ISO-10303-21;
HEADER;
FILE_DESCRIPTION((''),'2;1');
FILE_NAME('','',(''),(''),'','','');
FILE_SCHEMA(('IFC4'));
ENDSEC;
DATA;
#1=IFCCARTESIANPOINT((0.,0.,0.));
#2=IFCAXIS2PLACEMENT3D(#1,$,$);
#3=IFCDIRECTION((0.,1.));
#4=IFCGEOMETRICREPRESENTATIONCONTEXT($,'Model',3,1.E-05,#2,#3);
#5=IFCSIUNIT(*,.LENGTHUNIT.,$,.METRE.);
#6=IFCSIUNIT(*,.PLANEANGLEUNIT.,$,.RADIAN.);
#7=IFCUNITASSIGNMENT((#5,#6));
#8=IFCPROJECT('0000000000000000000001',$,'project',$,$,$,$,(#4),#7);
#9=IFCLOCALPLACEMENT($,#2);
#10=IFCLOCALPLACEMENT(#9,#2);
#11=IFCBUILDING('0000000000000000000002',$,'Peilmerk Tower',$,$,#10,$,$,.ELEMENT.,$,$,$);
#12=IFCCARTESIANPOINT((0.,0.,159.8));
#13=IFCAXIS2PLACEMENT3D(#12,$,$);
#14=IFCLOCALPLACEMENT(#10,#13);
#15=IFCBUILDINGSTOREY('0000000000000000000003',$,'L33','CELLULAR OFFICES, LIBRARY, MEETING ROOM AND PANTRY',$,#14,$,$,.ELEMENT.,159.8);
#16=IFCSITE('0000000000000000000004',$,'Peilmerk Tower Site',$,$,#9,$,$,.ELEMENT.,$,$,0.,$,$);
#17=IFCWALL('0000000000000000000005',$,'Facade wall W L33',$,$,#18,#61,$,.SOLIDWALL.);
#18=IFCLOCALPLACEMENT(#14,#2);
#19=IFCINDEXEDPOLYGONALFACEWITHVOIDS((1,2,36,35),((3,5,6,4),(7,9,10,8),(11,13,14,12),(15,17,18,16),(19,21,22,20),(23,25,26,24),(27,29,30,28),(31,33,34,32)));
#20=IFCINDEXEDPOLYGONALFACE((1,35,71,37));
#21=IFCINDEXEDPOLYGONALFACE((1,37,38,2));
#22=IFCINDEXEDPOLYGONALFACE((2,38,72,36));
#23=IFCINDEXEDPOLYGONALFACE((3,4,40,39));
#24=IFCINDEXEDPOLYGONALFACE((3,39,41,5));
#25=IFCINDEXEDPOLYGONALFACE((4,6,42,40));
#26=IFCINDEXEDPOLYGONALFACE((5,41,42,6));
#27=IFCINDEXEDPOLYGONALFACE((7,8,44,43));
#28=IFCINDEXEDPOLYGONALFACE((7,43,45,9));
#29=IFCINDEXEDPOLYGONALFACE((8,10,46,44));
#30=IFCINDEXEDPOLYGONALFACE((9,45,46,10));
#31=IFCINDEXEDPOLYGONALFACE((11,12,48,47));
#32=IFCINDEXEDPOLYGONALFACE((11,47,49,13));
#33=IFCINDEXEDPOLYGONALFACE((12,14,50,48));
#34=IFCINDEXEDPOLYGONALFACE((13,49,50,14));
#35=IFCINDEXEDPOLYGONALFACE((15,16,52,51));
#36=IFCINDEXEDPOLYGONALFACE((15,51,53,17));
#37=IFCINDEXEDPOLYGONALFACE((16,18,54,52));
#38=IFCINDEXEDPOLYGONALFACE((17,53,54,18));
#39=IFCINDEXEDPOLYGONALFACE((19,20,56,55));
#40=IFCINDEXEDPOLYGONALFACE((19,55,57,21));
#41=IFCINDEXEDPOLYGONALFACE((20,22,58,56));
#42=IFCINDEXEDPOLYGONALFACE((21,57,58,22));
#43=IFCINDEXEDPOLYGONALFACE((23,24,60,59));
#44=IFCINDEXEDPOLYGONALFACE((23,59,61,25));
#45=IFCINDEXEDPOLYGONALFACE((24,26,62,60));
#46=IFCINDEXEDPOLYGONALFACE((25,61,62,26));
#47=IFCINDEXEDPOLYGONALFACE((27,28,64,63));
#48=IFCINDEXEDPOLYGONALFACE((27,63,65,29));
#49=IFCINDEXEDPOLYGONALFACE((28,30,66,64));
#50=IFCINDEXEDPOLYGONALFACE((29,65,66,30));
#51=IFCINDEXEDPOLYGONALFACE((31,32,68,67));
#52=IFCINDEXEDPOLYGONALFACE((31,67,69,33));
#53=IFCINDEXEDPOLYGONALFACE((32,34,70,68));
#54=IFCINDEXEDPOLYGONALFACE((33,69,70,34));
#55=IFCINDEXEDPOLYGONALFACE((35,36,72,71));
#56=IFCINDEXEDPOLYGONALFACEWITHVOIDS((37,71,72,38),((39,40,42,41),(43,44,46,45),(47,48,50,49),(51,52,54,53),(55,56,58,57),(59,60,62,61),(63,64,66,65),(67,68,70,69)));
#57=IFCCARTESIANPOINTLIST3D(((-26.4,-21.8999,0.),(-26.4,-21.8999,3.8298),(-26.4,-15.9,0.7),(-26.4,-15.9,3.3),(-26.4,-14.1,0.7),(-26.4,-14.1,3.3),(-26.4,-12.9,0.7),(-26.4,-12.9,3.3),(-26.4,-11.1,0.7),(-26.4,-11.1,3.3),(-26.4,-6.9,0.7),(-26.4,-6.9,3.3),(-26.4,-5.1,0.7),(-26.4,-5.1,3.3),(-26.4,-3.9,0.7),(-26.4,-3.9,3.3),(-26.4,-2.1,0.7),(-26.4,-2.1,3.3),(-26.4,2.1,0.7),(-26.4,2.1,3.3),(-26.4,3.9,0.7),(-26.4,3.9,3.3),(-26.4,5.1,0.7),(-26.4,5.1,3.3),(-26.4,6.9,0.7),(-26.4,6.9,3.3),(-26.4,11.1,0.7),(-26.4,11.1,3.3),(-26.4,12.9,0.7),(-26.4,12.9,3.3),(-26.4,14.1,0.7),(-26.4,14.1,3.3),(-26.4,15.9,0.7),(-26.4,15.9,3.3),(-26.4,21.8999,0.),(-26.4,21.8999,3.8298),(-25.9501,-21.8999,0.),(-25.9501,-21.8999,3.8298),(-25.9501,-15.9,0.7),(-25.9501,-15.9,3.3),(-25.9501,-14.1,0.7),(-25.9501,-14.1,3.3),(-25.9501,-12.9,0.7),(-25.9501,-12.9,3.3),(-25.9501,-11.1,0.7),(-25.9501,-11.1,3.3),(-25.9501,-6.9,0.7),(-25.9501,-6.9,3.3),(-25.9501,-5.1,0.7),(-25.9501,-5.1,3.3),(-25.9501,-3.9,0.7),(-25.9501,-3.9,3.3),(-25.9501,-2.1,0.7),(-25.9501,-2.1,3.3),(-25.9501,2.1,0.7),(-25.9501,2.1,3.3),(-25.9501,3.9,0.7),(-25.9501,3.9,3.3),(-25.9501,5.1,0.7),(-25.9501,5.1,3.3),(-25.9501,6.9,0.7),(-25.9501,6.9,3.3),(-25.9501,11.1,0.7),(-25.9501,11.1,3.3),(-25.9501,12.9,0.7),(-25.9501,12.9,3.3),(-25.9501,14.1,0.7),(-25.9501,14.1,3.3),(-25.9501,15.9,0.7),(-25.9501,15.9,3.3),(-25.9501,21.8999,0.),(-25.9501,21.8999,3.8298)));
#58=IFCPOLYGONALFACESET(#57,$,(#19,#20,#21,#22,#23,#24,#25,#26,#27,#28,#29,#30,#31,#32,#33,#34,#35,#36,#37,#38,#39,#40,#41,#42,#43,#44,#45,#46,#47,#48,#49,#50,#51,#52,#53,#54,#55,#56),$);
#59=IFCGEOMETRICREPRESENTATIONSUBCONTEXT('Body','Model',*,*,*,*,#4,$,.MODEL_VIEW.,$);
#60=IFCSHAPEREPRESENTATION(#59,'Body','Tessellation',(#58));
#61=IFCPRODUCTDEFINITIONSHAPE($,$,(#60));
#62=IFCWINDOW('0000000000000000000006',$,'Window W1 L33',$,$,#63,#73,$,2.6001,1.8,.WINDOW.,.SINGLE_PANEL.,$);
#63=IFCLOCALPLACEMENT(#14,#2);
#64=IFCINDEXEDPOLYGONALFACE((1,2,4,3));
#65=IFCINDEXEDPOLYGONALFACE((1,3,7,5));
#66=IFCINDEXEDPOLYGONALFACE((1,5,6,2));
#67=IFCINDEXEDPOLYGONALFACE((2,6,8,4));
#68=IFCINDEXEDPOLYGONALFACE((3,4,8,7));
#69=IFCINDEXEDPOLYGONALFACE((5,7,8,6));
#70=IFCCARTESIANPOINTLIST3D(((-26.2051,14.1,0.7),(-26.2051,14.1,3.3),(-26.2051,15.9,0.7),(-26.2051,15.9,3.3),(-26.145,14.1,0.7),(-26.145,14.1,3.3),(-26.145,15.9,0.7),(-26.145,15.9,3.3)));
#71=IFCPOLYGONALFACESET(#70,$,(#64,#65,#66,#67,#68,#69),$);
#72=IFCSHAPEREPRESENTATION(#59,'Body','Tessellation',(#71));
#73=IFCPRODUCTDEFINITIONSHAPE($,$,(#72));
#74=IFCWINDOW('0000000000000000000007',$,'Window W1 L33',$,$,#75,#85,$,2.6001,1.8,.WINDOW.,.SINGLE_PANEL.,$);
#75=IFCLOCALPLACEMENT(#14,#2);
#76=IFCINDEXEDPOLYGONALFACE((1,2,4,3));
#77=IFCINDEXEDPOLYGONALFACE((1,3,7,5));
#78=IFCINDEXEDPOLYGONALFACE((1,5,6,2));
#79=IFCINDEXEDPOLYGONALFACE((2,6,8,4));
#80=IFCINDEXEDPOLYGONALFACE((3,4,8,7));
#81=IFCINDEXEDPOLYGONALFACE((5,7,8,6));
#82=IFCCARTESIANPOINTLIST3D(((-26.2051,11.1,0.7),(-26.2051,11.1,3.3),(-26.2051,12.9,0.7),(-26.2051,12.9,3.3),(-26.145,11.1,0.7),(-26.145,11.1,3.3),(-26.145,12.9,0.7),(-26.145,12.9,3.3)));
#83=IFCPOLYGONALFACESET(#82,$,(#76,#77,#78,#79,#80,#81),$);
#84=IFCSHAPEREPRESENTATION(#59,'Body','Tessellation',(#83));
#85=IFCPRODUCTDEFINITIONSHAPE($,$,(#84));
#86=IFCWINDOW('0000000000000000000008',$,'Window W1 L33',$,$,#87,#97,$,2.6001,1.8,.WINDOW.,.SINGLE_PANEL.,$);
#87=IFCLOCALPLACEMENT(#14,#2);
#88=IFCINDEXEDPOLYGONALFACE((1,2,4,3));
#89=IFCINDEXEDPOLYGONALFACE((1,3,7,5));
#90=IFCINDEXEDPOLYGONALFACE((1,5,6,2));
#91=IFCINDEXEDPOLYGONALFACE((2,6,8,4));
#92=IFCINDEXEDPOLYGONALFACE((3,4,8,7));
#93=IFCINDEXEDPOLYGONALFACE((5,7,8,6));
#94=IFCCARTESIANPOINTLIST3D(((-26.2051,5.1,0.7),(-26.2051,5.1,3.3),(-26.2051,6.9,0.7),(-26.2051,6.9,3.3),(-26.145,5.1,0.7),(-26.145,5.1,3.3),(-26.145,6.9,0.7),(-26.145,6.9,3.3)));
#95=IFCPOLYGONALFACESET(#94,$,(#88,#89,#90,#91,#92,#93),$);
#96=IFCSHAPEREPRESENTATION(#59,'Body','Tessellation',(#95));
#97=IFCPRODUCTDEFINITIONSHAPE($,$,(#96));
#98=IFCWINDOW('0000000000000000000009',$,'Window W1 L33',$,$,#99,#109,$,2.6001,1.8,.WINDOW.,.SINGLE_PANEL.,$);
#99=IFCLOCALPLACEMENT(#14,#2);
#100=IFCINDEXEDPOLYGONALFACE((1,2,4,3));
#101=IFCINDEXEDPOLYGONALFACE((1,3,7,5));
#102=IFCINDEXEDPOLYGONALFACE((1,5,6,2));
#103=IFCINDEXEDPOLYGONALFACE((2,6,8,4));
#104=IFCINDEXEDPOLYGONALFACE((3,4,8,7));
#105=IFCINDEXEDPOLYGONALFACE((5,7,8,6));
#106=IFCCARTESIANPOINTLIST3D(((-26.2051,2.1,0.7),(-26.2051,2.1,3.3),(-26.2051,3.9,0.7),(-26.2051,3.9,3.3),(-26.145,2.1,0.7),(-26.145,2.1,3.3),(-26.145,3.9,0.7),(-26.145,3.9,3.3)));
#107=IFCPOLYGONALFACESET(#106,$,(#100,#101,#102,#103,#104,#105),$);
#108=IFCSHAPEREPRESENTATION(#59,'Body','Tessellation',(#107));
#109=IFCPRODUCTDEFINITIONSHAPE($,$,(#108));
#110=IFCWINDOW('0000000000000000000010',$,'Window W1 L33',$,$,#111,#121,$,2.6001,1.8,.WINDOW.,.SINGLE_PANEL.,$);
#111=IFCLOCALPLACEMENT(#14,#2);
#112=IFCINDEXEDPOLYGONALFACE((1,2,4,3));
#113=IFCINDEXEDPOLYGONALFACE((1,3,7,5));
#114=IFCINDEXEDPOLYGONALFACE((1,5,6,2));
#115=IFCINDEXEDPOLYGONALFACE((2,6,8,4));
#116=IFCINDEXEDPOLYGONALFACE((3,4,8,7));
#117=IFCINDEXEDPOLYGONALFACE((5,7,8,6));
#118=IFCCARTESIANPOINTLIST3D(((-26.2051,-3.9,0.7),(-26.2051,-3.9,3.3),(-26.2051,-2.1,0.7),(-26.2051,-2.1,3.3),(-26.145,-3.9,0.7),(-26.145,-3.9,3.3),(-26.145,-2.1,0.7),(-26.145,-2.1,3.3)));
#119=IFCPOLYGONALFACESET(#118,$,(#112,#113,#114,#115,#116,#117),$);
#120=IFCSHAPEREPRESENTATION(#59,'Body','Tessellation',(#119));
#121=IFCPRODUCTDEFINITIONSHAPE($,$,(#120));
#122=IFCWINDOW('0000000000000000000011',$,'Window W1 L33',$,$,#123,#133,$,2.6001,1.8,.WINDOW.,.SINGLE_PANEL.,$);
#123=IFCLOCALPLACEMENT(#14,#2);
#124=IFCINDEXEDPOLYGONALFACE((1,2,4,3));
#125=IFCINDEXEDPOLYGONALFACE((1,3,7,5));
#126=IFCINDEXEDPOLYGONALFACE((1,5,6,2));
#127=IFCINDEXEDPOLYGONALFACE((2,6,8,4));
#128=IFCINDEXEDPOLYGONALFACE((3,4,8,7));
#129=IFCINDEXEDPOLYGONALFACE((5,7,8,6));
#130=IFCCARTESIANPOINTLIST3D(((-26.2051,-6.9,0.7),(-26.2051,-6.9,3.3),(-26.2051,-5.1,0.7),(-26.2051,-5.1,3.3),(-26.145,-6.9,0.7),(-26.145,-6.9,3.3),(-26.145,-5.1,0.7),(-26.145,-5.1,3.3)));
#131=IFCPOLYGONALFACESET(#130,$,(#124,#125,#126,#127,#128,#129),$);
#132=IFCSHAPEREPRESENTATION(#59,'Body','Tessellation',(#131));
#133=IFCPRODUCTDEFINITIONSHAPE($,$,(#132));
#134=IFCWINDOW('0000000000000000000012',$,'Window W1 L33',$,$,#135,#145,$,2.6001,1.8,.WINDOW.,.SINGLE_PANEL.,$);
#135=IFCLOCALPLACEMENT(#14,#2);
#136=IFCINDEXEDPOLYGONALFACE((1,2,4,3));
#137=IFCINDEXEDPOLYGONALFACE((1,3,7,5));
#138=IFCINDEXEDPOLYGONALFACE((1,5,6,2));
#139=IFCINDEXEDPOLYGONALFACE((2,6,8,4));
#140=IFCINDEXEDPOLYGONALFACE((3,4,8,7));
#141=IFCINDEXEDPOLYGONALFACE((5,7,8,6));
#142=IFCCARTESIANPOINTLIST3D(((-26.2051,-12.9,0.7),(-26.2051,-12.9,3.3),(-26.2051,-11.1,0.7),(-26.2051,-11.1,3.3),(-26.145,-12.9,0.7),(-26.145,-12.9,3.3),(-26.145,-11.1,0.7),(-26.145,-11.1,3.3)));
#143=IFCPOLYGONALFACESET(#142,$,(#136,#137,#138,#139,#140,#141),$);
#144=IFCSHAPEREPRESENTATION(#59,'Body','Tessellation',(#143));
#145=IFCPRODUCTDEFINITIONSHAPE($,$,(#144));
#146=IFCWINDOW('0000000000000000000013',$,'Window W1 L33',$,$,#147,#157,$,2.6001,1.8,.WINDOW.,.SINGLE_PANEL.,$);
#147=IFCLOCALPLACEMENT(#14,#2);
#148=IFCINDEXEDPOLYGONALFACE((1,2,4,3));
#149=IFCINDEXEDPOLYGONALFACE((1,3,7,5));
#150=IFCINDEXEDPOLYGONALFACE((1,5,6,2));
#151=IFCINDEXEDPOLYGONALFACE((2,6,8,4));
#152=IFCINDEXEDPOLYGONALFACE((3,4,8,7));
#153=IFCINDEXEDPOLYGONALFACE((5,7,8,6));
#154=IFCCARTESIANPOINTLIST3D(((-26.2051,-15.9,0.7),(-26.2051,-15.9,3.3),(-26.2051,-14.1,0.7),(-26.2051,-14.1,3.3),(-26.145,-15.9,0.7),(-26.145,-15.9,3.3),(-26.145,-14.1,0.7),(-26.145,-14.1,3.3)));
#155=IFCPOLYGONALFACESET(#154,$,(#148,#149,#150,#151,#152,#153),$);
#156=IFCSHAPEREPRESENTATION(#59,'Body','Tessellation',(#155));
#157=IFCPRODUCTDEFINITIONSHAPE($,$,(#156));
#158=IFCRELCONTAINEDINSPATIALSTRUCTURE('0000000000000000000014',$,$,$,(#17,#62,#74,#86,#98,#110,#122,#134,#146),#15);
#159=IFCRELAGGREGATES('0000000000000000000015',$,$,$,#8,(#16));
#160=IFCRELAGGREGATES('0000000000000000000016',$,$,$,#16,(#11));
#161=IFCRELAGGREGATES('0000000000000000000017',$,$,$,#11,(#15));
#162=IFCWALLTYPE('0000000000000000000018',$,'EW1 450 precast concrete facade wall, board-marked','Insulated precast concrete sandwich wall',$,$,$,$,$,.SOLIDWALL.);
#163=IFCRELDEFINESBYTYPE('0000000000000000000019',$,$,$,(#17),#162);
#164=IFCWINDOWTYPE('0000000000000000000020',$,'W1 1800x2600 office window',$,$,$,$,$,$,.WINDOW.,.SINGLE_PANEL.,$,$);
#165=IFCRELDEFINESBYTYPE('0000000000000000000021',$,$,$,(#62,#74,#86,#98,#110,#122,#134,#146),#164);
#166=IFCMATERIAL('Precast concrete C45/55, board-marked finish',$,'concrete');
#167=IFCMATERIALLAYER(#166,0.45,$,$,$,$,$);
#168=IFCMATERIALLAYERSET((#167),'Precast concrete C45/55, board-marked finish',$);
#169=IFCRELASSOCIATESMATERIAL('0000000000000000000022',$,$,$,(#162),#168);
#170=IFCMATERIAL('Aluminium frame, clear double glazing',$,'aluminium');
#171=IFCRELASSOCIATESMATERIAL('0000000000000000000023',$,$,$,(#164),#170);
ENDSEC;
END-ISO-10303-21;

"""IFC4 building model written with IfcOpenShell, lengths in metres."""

from ifc_helpers import new_model, si_unit, direction, frame, frame_2d, origin, place, context, subcontext, project, spatial, rectangle, extrude, material, layer, layer_set, type_object, element, fill, save


model = new_model("IFC4")

# Units and contexts
model_context = context("Model", 3, precision=1e-05, world=origin(), true_north=direction((0.0, 1.0)))
body_context = subcontext(model_context, "Body", "Model", "MODEL_VIEW")
ifc_project = project(units=[si_unit("LENGTHUNIT", "METRE"), si_unit("PLANEANGLEUNIT", "RADIAN")], contexts=[model_context])

# Site, building, storey
site_placement = place(None, origin())
site = spatial("IfcSite", under=ifc_project, at=site_placement, Name="Peilmerk Tower Site", CompositionType="ELEMENT", RefElevation=0.0)
building_placement = place(site_placement, origin())
building = spatial("IfcBuilding", under=site, at=building_placement, Name="Peilmerk Tower", CompositionType="ELEMENT")
storey_placement = place(building_placement, frame((0.0, 0.0, 159.8)))
storey = spatial("IfcBuildingStorey", under=building, at=storey_placement, Name="L33", Description="CELLULAR OFFICES, LIBRARY, MEETING ROOM AND PANTRY", CompositionType="ELEMENT", Elevation=159.8)

# Wall, openings, windows
ifc_material_1 = material(Name="Precast concrete C45/55, board-marked finish", Category="concrete")
ifc_layer_1 = layer(ifc_material_1, 0.45)
ifc_layer_set_1 = layer_set([ifc_layer_1], Name="Precast concrete C45/55, board-marked finish")
wall_type = type_object("IfcWallType", Name="EW1 450 precast concrete facade wall, board-marked", Description="Insulated precast concrete sandwich wall", PredefinedType="SOLIDWALL", material=ifc_layer_set_1)
wall_1_placement = place(storey_placement, frame((-26.175, 21.8999, 0.0), z_axis=(0.0, 0.0, 1.0), x_axis=(0.0, -1.0, 0.0)))
wall_1 = element("IfcWall", 1, at=wall_1_placement, inside=storey, type_object=wall_type, Name="Facade wall W L33", PredefinedType="SOLIDWALL", context=body_context, shape_type="SweptSolid", body=[
    extrude(rectangle(XDim=43.7998, YDim=0.45, at=frame_2d((21.8999, 0.0))), origin(), (0.0, 0.0, 1.0), 3.8298),
])
opening_1_placement = place(wall_1_placement, frame((6.0, 0.0, 0.7)))
opening_1 = element("IfcOpeningElement", 2, at=opening_1_placement, cuts=wall_1, PredefinedType="OPENING", context=body_context, shape_type="SweptSolid", body=[
    extrude(rectangle(XDim=1.8, YDim=2.6001, at=frame_2d((0.8999, 1.3))), frame((0.0, 0.2349, 0.0), z_axis=(0.0, -1.0, 0.0), x_axis=(1.0, 0.0, 0.0)), (0.0, 0.0, 1.0), 0.47),
])
opening_2_placement = place(wall_1_placement, frame((9.0, 0.0, 0.7)))
opening_2 = element("IfcOpeningElement", 3, at=opening_2_placement, cuts=wall_1, PredefinedType="OPENING", context=body_context, shape_type="SweptSolid", body=[
    extrude(rectangle(XDim=1.8, YDim=2.6001, at=frame_2d((0.8999, 1.3))), frame((0.0, 0.2349, 0.0), z_axis=(0.0, -1.0, 0.0), x_axis=(1.0, 0.0, 0.0)), (0.0, 0.0, 1.0), 0.47),
])
opening_3_placement = place(wall_1_placement, frame((15.0, 0.0, 0.7)))
opening_3 = element("IfcOpeningElement", 4, at=opening_3_placement, cuts=wall_1, PredefinedType="OPENING", context=body_context, shape_type="SweptSolid", body=[
    extrude(rectangle(XDim=1.8, YDim=2.6001, at=frame_2d((0.8999, 1.3))), frame((0.0, 0.2349, 0.0), z_axis=(0.0, -1.0, 0.0), x_axis=(1.0, 0.0, 0.0)), (0.0, 0.0, 1.0), 0.47),
])
opening_4_placement = place(wall_1_placement, frame((18.0, 0.0, 0.7)))
opening_4 = element("IfcOpeningElement", 5, at=opening_4_placement, cuts=wall_1, PredefinedType="OPENING", context=body_context, shape_type="SweptSolid", body=[
    extrude(rectangle(XDim=1.8, YDim=2.6001, at=frame_2d((0.8999, 1.3))), frame((0.0, 0.2349, 0.0), z_axis=(0.0, -1.0, 0.0), x_axis=(1.0, 0.0, 0.0)), (0.0, 0.0, 1.0), 0.47),
])
opening_5_placement = place(wall_1_placement, frame((24.0, 0.0, 0.7)))
opening_5 = element("IfcOpeningElement", 6, at=opening_5_placement, cuts=wall_1, PredefinedType="OPENING", context=body_context, shape_type="SweptSolid", body=[
    extrude(rectangle(XDim=1.8, YDim=2.6001, at=frame_2d((0.8999, 1.3))), frame((0.0, 0.2349, 0.0), z_axis=(0.0, -1.0, 0.0), x_axis=(1.0, 0.0, 0.0)), (0.0, 0.0, 1.0), 0.47),
])
opening_6_placement = place(wall_1_placement, frame((27.0, 0.0, 0.7)))
opening_6 = element("IfcOpeningElement", 7, at=opening_6_placement, cuts=wall_1, PredefinedType="OPENING", context=body_context, shape_type="SweptSolid", body=[
    extrude(rectangle(XDim=1.8, YDim=2.6001, at=frame_2d((0.8999, 1.3))), frame((0.0, 0.2349, 0.0), z_axis=(0.0, -1.0, 0.0), x_axis=(1.0, 0.0, 0.0)), (0.0, 0.0, 1.0), 0.47),
])
opening_7_placement = place(wall_1_placement, frame((33.0, 0.0, 0.7)))
opening_7 = element("IfcOpeningElement", 8, at=opening_7_placement, cuts=wall_1, PredefinedType="OPENING", context=body_context, shape_type="SweptSolid", body=[
    extrude(rectangle(XDim=1.8, YDim=2.6001, at=frame_2d((0.8999, 1.3))), frame((0.0, 0.2349, 0.0), z_axis=(0.0, -1.0, 0.0), x_axis=(1.0, 0.0, 0.0)), (0.0, 0.0, 1.0), 0.47),
])
opening_8_placement = place(wall_1_placement, frame((36.0, 0.0, 0.7)))
opening_8 = element("IfcOpeningElement", 9, at=opening_8_placement, cuts=wall_1, PredefinedType="OPENING", context=body_context, shape_type="SweptSolid", body=[
    extrude(rectangle(XDim=1.8, YDim=2.6001, at=frame_2d((0.8999, 1.3))), frame((0.0, 0.2349, 0.0), z_axis=(0.0, -1.0, 0.0), x_axis=(1.0, 0.0, 0.0)), (0.0, 0.0, 1.0), 0.47),
])
ifc_material_2 = material(Name="Aluminium frame, clear double glazing", Category="aluminium")
window_type = type_object("IfcWindowType", Name="W1 1800x2600 office window", PartitioningType="SINGLE_PANEL", PredefinedType="WINDOW", material=ifc_material_2)
window_1_placement = place(opening_1_placement, origin())
window_1 = element("IfcWindow", 10, at=window_1_placement, inside=storey, type_object=window_type, Name="Window W1 L33", OverallHeight=2.6001, OverallWidth=1.8, PartitioningType="SINGLE_PANEL", PredefinedType="WINDOW", context=body_context, shape_type="SweptSolid", body=[
    extrude(rectangle(XDim=1.8, YDim=2.6001, at=frame_2d((0.8999, 1.3))), frame((0.0, 0.03, 0.0), z_axis=(0.0, -1.0, 0.0), x_axis=(1.0, 0.0, 0.0)), (0.0, 0.0, 1.0), 0.0601),
])
fill(opening_1, window_1)
window_2_placement = place(opening_2_placement, origin())
window_2 = element("IfcWindow", 11, at=window_2_placement, inside=storey, type_object=window_type, Name="Window W1 L33", OverallHeight=2.6001, OverallWidth=1.8, PartitioningType="SINGLE_PANEL", PredefinedType="WINDOW", context=body_context, shape_type="SweptSolid", body=[
    extrude(rectangle(XDim=1.8, YDim=2.6001, at=frame_2d((0.8999, 1.3))), frame((0.0, 0.03, 0.0), z_axis=(0.0, -1.0, 0.0), x_axis=(1.0, 0.0, 0.0)), (0.0, 0.0, 1.0), 0.0601),
])
fill(opening_2, window_2)
window_3_placement = place(opening_3_placement, origin())
window_3 = element("IfcWindow", 12, at=window_3_placement, inside=storey, type_object=window_type, Name="Window W1 L33", OverallHeight=2.6001, OverallWidth=1.8, PartitioningType="SINGLE_PANEL", PredefinedType="WINDOW", context=body_context, shape_type="SweptSolid", body=[
    extrude(rectangle(XDim=1.8, YDim=2.6001, at=frame_2d((0.8999, 1.3))), frame((0.0, 0.03, 0.0), z_axis=(0.0, -1.0, 0.0), x_axis=(1.0, 0.0, 0.0)), (0.0, 0.0, 1.0), 0.0601),
])
fill(opening_3, window_3)
window_4_placement = place(opening_4_placement, origin())
window_4 = element("IfcWindow", 13, at=window_4_placement, inside=storey, type_object=window_type, Name="Window W1 L33", OverallHeight=2.6001, OverallWidth=1.8, PartitioningType="SINGLE_PANEL", PredefinedType="WINDOW", context=body_context, shape_type="SweptSolid", body=[
    extrude(rectangle(XDim=1.8, YDim=2.6001, at=frame_2d((0.8999, 1.3))), frame((0.0, 0.03, 0.0), z_axis=(0.0, -1.0, 0.0), x_axis=(1.0, 0.0, 0.0)), (0.0, 0.0, 1.0), 0.0601),
])
fill(opening_4, window_4)
window_5_placement = place(opening_5_placement, origin())
window_5 = element("IfcWindow", 14, at=window_5_placement, inside=storey, type_object=window_type, Name="Window W1 L33", OverallHeight=2.6001, OverallWidth=1.8, PartitioningType="SINGLE_PANEL", PredefinedType="WINDOW", context=body_context, shape_type="SweptSolid", body=[
    extrude(rectangle(XDim=1.8, YDim=2.6001, at=frame_2d((0.8999, 1.3))), frame((0.0, 0.03, 0.0), z_axis=(0.0, -1.0, 0.0), x_axis=(1.0, 0.0, 0.0)), (0.0, 0.0, 1.0), 0.0601),
])
fill(opening_5, window_5)
window_6_placement = place(opening_6_placement, origin())
window_6 = element("IfcWindow", 15, at=window_6_placement, inside=storey, type_object=window_type, Name="Window W1 L33", OverallHeight=2.6001, OverallWidth=1.8, PartitioningType="SINGLE_PANEL", PredefinedType="WINDOW", context=body_context, shape_type="SweptSolid", body=[
    extrude(rectangle(XDim=1.8, YDim=2.6001, at=frame_2d((0.8999, 1.3))), frame((0.0, 0.03, 0.0), z_axis=(0.0, -1.0, 0.0), x_axis=(1.0, 0.0, 0.0)), (0.0, 0.0, 1.0), 0.0601),
])
fill(opening_6, window_6)
window_7_placement = place(opening_7_placement, origin())
window_7 = element("IfcWindow", 16, at=window_7_placement, inside=storey, type_object=window_type, Name="Window W1 L33", OverallHeight=2.6001, OverallWidth=1.8, PartitioningType="SINGLE_PANEL", PredefinedType="WINDOW", context=body_context, shape_type="SweptSolid", body=[
    extrude(rectangle(XDim=1.8, YDim=2.6001, at=frame_2d((0.8999, 1.3))), frame((0.0, 0.03, 0.0), z_axis=(0.0, -1.0, 0.0), x_axis=(1.0, 0.0, 0.0)), (0.0, 0.0, 1.0), 0.0601),
])
fill(opening_7, window_7)
window_8_placement = place(opening_8_placement, origin())
window_8 = element("IfcWindow", 17, at=window_8_placement, inside=storey, type_object=window_type, Name="Window W1 L33", OverallHeight=2.6001, OverallWidth=1.8, PartitioningType="SINGLE_PANEL", PredefinedType="WINDOW", context=body_context, shape_type="SweptSolid", body=[
    extrude(rectangle(XDim=1.8, YDim=2.6001, at=frame_2d((0.8999, 1.3))), frame((0.0, 0.03, 0.0), z_axis=(0.0, -1.0, 0.0), x_axis=(1.0, 0.0, 0.0)), (0.0, 0.0, 1.0), 0.0601),
])
fill(opening_8, window_8)

save(model, "model.ifc")
